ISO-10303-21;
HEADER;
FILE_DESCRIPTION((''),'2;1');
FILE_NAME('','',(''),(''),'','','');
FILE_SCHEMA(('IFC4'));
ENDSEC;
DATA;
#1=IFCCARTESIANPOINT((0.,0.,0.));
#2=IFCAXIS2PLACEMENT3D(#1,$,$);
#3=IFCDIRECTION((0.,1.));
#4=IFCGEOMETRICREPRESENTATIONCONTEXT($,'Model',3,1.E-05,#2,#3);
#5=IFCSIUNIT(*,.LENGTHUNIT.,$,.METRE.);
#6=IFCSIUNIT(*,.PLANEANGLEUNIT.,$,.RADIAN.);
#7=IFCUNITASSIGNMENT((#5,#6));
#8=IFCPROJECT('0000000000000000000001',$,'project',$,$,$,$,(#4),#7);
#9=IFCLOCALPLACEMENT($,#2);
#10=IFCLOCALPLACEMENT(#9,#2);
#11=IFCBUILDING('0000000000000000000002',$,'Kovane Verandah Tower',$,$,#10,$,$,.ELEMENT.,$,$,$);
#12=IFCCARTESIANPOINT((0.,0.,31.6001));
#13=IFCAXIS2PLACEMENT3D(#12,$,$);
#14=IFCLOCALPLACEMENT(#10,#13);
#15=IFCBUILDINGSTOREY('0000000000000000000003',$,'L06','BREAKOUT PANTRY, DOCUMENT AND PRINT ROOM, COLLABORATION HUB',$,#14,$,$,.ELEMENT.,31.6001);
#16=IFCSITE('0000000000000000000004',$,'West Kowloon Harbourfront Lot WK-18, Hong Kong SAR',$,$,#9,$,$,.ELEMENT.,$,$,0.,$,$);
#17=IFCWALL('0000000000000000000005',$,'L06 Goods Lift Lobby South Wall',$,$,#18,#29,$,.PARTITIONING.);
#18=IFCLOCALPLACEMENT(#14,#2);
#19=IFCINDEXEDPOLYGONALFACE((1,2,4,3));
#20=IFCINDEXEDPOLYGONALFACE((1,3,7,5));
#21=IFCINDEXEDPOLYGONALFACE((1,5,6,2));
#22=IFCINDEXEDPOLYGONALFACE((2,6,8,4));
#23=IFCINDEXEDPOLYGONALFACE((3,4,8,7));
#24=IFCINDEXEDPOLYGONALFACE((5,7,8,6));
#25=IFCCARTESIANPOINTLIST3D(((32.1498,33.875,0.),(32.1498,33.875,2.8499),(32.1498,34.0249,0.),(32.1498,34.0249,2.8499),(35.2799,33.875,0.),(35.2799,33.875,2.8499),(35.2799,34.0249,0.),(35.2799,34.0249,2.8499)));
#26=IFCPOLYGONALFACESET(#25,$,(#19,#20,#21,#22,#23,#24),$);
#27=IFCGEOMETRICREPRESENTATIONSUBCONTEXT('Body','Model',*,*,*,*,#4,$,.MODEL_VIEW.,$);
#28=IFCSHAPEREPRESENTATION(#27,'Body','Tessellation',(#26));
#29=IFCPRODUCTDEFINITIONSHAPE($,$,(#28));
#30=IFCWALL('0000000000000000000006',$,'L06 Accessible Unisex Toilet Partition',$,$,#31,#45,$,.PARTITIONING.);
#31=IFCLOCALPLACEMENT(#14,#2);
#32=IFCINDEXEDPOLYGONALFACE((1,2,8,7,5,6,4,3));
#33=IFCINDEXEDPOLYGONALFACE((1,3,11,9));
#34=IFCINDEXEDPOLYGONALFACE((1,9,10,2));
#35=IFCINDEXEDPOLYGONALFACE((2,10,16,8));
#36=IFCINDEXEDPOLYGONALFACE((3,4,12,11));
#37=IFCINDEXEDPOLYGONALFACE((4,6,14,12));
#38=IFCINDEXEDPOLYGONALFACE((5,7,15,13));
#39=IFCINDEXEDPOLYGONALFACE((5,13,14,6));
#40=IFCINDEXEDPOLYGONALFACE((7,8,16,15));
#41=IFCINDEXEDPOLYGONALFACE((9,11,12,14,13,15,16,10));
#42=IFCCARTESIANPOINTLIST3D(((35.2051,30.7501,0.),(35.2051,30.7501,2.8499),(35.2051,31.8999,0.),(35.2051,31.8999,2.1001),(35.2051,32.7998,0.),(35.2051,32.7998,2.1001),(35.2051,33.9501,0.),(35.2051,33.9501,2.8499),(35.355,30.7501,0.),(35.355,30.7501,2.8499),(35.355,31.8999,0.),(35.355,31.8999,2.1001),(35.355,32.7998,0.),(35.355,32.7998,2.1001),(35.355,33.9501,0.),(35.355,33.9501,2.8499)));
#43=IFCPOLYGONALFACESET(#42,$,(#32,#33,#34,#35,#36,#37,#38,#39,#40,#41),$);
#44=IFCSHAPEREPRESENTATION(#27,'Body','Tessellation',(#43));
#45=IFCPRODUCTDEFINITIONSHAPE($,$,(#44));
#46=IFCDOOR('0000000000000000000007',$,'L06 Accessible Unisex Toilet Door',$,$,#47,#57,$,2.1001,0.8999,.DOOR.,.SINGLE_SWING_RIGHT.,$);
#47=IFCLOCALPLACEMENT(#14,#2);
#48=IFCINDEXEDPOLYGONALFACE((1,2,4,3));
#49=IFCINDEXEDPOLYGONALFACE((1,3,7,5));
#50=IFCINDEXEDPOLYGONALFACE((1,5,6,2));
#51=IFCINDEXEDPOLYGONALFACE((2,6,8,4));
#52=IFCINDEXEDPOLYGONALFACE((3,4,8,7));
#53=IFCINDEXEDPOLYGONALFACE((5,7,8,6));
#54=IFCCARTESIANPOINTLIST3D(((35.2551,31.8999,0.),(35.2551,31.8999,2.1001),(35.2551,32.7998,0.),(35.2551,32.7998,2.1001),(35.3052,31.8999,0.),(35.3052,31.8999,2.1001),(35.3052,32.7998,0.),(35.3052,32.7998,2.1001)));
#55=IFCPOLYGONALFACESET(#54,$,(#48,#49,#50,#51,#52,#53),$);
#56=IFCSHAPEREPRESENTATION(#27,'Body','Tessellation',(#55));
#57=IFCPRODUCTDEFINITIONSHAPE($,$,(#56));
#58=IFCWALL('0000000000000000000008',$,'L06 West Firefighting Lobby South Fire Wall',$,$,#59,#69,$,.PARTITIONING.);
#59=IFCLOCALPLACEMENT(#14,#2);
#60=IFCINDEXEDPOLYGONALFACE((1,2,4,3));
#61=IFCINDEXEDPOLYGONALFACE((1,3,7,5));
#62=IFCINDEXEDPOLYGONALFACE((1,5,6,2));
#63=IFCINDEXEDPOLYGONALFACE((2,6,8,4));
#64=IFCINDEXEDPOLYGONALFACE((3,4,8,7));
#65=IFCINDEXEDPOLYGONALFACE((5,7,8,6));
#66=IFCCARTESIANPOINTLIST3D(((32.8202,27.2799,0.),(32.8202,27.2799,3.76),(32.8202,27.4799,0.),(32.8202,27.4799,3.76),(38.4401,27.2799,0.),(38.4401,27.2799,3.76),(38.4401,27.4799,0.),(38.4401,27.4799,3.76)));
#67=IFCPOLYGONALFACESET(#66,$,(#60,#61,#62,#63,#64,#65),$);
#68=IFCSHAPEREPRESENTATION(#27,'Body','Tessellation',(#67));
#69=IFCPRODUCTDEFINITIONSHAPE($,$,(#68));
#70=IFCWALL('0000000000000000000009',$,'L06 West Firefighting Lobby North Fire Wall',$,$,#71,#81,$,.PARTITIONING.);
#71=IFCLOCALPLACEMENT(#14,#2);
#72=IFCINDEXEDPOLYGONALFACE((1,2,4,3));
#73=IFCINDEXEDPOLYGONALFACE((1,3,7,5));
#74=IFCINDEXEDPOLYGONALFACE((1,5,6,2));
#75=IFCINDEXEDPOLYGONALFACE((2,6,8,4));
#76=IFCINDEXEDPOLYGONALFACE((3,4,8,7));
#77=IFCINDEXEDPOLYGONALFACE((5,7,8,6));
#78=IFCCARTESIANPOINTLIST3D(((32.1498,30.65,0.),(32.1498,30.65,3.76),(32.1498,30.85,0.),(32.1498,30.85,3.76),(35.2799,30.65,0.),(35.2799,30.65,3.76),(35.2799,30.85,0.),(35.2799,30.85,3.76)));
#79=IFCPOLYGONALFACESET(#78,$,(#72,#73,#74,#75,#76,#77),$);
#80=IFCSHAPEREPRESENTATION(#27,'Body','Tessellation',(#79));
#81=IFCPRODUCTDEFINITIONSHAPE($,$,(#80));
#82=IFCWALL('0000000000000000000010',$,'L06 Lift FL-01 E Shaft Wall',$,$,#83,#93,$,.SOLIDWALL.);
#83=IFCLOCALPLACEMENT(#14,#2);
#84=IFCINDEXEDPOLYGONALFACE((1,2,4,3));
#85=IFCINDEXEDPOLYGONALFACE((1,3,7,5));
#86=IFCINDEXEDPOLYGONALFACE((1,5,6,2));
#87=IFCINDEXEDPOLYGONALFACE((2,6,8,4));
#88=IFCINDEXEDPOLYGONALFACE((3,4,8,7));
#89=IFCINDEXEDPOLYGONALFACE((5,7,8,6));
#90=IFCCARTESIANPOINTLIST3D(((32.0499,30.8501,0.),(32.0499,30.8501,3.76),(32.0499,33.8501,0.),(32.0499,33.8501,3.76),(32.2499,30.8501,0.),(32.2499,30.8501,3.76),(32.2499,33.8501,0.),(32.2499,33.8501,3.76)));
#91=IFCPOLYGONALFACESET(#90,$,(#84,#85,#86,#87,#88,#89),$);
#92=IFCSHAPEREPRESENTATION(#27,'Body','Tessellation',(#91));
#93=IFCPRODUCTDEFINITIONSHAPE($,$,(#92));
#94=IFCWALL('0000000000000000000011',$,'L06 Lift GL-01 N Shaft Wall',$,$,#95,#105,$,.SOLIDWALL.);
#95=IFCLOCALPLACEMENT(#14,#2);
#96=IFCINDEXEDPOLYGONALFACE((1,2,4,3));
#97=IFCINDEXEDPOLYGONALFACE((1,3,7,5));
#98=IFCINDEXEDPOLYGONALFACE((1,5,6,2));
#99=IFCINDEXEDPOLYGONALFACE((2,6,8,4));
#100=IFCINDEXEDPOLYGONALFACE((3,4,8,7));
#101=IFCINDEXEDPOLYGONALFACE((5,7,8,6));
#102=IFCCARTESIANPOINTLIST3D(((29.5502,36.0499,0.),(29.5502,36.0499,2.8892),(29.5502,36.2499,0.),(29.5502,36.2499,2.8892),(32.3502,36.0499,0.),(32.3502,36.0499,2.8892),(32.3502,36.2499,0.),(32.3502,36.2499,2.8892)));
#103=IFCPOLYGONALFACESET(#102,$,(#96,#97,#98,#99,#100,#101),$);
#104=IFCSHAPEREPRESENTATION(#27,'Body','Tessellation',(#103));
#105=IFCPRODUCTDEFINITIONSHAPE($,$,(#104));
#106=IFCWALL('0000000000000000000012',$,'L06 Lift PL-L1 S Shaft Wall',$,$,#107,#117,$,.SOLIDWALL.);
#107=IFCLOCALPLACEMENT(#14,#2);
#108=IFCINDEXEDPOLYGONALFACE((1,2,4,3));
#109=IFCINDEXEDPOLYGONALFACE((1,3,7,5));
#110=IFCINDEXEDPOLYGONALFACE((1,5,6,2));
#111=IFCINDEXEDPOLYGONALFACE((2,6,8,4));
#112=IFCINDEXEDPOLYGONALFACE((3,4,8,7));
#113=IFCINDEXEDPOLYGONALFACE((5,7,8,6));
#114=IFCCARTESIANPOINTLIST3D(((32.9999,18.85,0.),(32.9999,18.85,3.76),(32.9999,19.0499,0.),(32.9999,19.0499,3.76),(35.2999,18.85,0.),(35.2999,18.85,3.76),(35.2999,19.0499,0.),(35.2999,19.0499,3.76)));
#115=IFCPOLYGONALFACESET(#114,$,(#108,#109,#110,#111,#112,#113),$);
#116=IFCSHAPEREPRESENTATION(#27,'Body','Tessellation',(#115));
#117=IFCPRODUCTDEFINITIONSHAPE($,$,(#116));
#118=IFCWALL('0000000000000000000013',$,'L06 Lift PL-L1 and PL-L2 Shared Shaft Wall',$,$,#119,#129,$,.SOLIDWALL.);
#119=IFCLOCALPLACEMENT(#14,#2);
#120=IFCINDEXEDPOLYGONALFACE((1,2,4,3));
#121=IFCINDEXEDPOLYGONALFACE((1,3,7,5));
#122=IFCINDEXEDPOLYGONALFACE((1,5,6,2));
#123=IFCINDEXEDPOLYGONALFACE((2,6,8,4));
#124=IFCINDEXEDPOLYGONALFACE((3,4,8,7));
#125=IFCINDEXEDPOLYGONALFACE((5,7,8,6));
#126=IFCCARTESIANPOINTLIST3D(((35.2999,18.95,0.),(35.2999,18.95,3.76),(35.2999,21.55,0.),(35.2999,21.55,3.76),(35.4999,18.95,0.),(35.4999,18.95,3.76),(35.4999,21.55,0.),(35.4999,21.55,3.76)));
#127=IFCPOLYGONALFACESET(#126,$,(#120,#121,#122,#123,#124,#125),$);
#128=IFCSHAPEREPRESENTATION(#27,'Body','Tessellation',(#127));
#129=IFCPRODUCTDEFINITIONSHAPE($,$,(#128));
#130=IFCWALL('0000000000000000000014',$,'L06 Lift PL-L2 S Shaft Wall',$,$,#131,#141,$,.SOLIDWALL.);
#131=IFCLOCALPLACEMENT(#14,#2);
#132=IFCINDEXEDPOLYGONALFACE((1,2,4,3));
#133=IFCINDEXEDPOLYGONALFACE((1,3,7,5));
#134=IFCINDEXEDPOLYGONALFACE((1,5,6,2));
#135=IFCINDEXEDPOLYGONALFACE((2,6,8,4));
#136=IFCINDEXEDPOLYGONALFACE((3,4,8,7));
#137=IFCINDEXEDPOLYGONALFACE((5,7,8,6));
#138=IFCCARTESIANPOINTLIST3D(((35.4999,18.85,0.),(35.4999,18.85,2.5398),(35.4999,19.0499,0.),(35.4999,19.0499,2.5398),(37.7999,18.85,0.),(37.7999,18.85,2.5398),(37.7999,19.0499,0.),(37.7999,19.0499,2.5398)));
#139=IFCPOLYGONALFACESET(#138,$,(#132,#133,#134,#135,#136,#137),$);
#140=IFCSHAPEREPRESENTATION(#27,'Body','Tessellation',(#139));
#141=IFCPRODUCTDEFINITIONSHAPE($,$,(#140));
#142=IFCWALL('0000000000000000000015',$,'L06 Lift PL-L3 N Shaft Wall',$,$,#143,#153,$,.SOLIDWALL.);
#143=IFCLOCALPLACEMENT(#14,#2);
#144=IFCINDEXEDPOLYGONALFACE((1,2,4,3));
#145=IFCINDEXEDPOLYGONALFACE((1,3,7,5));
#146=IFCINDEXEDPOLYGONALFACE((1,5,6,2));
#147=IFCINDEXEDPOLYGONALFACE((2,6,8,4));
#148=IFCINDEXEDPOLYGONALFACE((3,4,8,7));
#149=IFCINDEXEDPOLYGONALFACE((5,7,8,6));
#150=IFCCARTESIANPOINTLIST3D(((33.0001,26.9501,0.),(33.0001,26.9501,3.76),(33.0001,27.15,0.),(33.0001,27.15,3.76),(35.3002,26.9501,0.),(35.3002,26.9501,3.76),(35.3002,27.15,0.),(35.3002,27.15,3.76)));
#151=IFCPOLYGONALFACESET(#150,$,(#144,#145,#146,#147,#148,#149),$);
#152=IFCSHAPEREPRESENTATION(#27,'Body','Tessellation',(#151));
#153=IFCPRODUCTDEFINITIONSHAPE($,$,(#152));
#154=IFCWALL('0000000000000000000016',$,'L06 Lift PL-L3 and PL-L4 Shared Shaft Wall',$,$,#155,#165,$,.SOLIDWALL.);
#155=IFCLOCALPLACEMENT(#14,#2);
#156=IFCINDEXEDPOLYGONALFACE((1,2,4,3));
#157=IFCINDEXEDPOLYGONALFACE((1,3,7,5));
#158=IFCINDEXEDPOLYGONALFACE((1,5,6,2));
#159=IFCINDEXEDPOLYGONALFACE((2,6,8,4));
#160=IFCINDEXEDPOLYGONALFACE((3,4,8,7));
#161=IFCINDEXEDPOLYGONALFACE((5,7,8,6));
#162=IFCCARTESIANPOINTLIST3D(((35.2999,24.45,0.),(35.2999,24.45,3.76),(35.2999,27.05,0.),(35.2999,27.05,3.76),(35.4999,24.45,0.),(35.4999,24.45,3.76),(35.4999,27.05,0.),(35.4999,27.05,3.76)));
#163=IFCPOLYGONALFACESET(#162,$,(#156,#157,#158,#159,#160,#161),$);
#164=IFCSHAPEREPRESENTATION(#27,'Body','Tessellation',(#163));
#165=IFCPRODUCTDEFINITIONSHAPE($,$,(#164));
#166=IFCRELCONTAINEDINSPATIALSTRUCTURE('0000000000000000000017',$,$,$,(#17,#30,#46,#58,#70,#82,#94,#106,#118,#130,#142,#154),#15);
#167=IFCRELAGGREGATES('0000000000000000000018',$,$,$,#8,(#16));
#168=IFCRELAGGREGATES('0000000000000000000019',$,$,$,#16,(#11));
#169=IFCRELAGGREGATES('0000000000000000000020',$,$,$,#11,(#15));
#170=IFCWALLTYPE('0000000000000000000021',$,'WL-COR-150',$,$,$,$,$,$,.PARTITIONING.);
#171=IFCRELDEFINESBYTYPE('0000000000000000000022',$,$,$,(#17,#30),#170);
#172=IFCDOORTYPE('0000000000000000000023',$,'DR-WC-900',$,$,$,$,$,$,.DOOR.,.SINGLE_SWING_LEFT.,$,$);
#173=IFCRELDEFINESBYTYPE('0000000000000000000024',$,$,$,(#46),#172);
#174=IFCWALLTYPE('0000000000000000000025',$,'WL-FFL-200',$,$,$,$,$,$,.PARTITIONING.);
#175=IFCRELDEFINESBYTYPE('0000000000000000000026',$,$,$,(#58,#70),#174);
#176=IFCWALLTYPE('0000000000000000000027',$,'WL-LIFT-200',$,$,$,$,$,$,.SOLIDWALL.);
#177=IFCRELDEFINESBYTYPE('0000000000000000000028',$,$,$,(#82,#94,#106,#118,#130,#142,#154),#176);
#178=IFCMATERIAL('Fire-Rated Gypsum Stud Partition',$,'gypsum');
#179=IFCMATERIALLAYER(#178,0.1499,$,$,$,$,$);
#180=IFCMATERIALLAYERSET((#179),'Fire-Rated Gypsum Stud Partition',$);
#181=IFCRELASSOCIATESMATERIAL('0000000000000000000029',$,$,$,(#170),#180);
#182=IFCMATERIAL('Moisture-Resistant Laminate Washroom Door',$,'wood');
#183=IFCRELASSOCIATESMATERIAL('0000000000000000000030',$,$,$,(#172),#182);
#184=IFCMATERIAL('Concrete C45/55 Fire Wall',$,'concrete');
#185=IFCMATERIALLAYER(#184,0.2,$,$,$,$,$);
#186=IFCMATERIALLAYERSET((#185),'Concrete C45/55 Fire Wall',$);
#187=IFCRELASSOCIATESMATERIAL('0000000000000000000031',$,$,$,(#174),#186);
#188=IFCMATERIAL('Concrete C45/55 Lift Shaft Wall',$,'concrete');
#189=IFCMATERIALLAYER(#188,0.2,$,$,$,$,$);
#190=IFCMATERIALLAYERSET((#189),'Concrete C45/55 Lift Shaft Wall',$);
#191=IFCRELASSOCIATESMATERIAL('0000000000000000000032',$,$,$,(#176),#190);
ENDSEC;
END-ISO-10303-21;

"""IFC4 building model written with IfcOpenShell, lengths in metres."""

from ifc_helpers import new_model, si_unit, direction, frame, frame_2d, origin, place, context, subcontext, project, spatial, rectangle, extrude, material, layer, layer_set, type_object, element, fill, save


model = new_model("IFC4")

# Units and contexts
model_context = context("Model", 3, precision=1e-05, world=origin(), true_north=direction((0.0, 1.0)))
body_context = subcontext(model_context, "Body", "Model", "MODEL_VIEW")
ifc_project = project(units=[si_unit("LENGTHUNIT", "METRE"), si_unit("PLANEANGLEUNIT", "RADIAN")], contexts=[model_context])

# Site, building, storey
site_placement = place(None, origin())
site = spatial("IfcSite", under=ifc_project, at=site_placement, Name="West Kowloon Harbourfront Lot WK-18, Hong Kong SAR", CompositionType="ELEMENT", RefElevation=0.0)
building_placement = place(site_placement, origin())
building = spatial("IfcBuilding", under=site, at=building_placement, Name="Kovane Verandah Tower", CompositionType="ELEMENT")
storey_placement = place(building_placement, frame((0.0, 0.0, 31.6001)))
storey = spatial("IfcBuildingStorey", under=building, at=storey_placement, Name="L06", Description="BREAKOUT PANTRY, DOCUMENT AND PRINT ROOM, COLLABORATION HUB", CompositionType="ELEMENT", Elevation=31.6001)

# Wall
ifc_material_1 = material(Name="Fire-Rated Gypsum Stud Partition", Category="gypsum")
ifc_layer_1 = layer(ifc_material_1, 0.1499)
ifc_layer_set_1 = layer_set([ifc_layer_1], Name="Fire-Rated Gypsum Stud Partition")
wall_type_1 = type_object("IfcWallType", Name="WL-COR-150", PredefinedType="PARTITIONING", material=ifc_layer_set_1)
wall_1_placement = place(storey_placement, frame((32.1499, 33.95, 0.0), z_axis=(0.0, 0.0, 1.0), x_axis=(1.0, 0.0, 0.0)))
element("IfcWall", 1, at=wall_1_placement, inside=storey, type_object=wall_type_1, Name="L06 Goods Lift Lobby South Wall", PredefinedType="PARTITIONING", context=body_context, shape_type="SweptSolid", body=[
    extrude(rectangle(XDim=3.1301, YDim=0.1499, at=frame_2d((1.5649, 0.0))), origin(), (0.0, 0.0, 1.0), 2.8499),
])

# Wall, opening, door
wall_2_placement = place(storey_placement, frame((35.28, 30.75, 0.0), z_axis=(0.0, 0.0, 1.0), x_axis=(0.0, 1.0, 0.0)))
wall_2 = element("IfcWall", 2, at=wall_2_placement, inside=storey, type_object=wall_type_1, Name="L06 Accessible Unisex Toilet Partition", PredefinedType="PARTITIONING", context=body_context, shape_type="SweptSolid", body=[
    extrude(rectangle(XDim=3.2, YDim=0.1499, at=frame_2d((1.6001, 0.0))), origin(), (0.0, 0.0, 1.0), 2.8499),
])
opening_1_placement = place(wall_2_placement, frame((1.1499, 0.0, 0.0)))
opening_1 = element("IfcOpeningElement", 3, at=opening_1_placement, cuts=wall_2, PredefinedType="OPENING", context=body_context, shape_type="SweptSolid", body=[
    extrude(rectangle(XDim=0.8999, YDim=2.1001, at=frame_2d((0.45, 1.05))), frame((0.0, 0.075, 0.0), z_axis=(0.0, -1.0, 0.0), x_axis=(1.0, 0.0, 0.0)), (0.0, 0.0, 1.0), 0.1499),
])
ifc_material_2 = material(Name="Moisture-Resistant Laminate Washroom Door", Category="wood")
door_type_1 = type_object("IfcDoorType", Name="DR-WC-900", OperationType="SINGLE_SWING_LEFT", PredefinedType="DOOR", material=ifc_material_2)
door_1_placement = place(opening_1_placement, origin())
door_1 = element("IfcDoor", 4, at=door_1_placement, inside=storey, type_object=door_type_1, Name="L06 Accessible Unisex Toilet Door", OperationType="SINGLE_SWING_RIGHT", OverallHeight=2.1001, OverallWidth=0.8999, PredefinedType="DOOR", context=body_context, shape_type="SweptSolid", body=[
    extrude(rectangle(XDim=0.8999, YDim=2.1001, at=frame_2d((0.45, 1.05))), frame((0.0, 0.0249, 0.0), z_axis=(0.0, -1.0, 0.0), x_axis=(1.0, 0.0, 0.0)), (0.0, 0.0, 1.0), 0.05),
])
fill(opening_1, door_1)
ifc_material_3 = material(Name="Concrete C45/55 Fire Wall", Category="concrete")
ifc_layer_2 = layer(ifc_material_3, 0.2)
ifc_layer_set_2 = layer_set([ifc_layer_2], Name="Concrete C45/55 Fire Wall")
wall_type_2 = type_object("IfcWallType", Name="WL-FFL-200", PredefinedType="PARTITIONING", material=ifc_layer_set_2)

# Walls
wall_3_placement = place(storey_placement, frame((32.8201, 27.3799, 0.0), z_axis=(0.0, 0.0, 1.0), x_axis=(1.0, 0.0, 0.0)))
element("IfcWall", 5, at=wall_3_placement, inside=storey, type_object=wall_type_2, Name="L06 West Firefighting Lobby South Fire Wall", PredefinedType="PARTITIONING", context=body_context, shape_type="SweptSolid", body=[
    extrude(rectangle(XDim=5.6199, YDim=0.2, at=frame_2d((2.8101, 0.0))), origin(), (0.0, 0.0, 1.0), 3.76),
])
wall_4_placement = place(storey_placement, frame((32.1499, 30.75, 0.0), z_axis=(0.0, 0.0, 1.0), x_axis=(1.0, 0.0, 0.0)))
element("IfcWall", 6, at=wall_4_placement, inside=storey, type_object=wall_type_2, Name="L06 West Firefighting Lobby North Fire Wall", PredefinedType="PARTITIONING", context=body_context, shape_type="SweptSolid", body=[
    extrude(rectangle(XDim=3.1301, YDim=0.2, at=frame_2d((1.5649, 0.0))), origin(), (0.0, 0.0, 1.0), 3.76),
])
ifc_material_4 = material(Name="Concrete C45/55 Lift Shaft Wall", Category="concrete")
ifc_layer_3 = layer(ifc_material_4, 0.2)
ifc_layer_set_3 = layer_set([ifc_layer_3], Name="Concrete C45/55 Lift Shaft Wall")
wall_type_3 = type_object("IfcWallType", Name="WL-LIFT-200", PredefinedType="SOLIDWALL", material=ifc_layer_set_3)
wall_5_placement = place(storey_placement, frame((32.1499, 30.8501, 0.0), z_axis=(0.0, 0.0, 1.0), x_axis=(0.0, 1.0, 0.0)))
element("IfcWall", 7, at=wall_5_placement, inside=storey, type_object=wall_type_3, Name="L06 Lift FL-01 E Shaft Wall", PredefinedType="SOLIDWALL", context=body_context, shape_type="SweptSolid", body=[
    extrude(rectangle(XDim=3.0, YDim=0.2, at=frame_2d((1.5, 0.0))), origin(), (0.0, 0.0, 1.0), 3.76),
])
wall_6_placement = place(storey_placement, frame((32.3501, 36.1499, 0.0), z_axis=(0.0, 0.0, 1.0), x_axis=(-1.0, 0.0, 0.0)))
element("IfcWall", 8, at=wall_6_placement, inside=storey, type_object=wall_type_3, Name="L06 Lift GL-01 N Shaft Wall", PredefinedType="SOLIDWALL", context=body_context, shape_type="SweptSolid", body=[
    extrude(rectangle(XDim=2.8, YDim=0.2, at=frame_2d((1.3999, 0.0))), origin(), (0.0, 0.0, 1.0), 2.8892),
])

# Wall
wall_7_placement = place(storey_placement, frame((33.0, 18.95, 0.0), z_axis=(0.0, 0.0, 1.0), x_axis=(1.0, 0.0, 0.0)))
element("IfcWall", 9, at=wall_7_placement, inside=storey, type_object=wall_type_3, Name="L06 Lift PL-L1 S Shaft Wall", PredefinedType="SOLIDWALL", context=body_context, shape_type="SweptSolid", body=[
    extrude(rectangle(XDim=2.3, YDim=0.2, at=frame_2d((1.1499, 0.0))), origin(), (0.0, 0.0, 1.0), 3.76),
])

# Walls
wall_8_placement = place(storey_placement, frame((35.3999, 18.95, 0.0), z_axis=(0.0, 0.0, 1.0), x_axis=(0.0, 1.0, 0.0)))
element("IfcWall", 10, at=wall_8_placement, inside=storey, type_object=wall_type_3, Name="L06 Lift PL-L1 and PL-L2 Shared Shaft Wall", PredefinedType="SOLIDWALL", context=body_context, shape_type="SweptSolid", body=[
    extrude(rectangle(XDim=2.6001, YDim=0.2, at=frame_2d((1.3, 0.0))), origin(), (0.0, 0.0, 1.0), 3.76),
])
wall_9_placement = place(storey_placement, frame((35.5, 18.95, 0.0), z_axis=(0.0, 0.0, 1.0), x_axis=(1.0, 0.0, 0.0)))
element("IfcWall", 11, at=wall_9_placement, inside=storey, type_object=wall_type_3, Name="L06 Lift PL-L2 S Shaft Wall", PredefinedType="SOLIDWALL", context=body_context, shape_type="SweptSolid", body=[
    extrude(rectangle(XDim=2.3, YDim=0.2, at=frame_2d((1.1499, 0.0))), origin(), (0.0, 0.0, 1.0), 2.5398),
])

# Walls
wall_10_placement = place(storey_placement, frame((35.3, 27.05, 0.0), z_axis=(0.0, 0.0, 1.0), x_axis=(-1.0, 0.0, 0.0)))
element("IfcWall", 12, at=wall_10_placement, inside=storey, type_object=wall_type_3, Name="L06 Lift PL-L3 N Shaft Wall", PredefinedType="SOLIDWALL", context=body_context, shape_type="SweptSolid", body=[
    extrude(rectangle(XDim=2.3, YDim=0.2, at=frame_2d((1.1499, 0.0))), origin(), (0.0, 0.0, 1.0), 3.76),
])
wall_11_placement = place(storey_placement, frame((35.3999, 24.45, 0.0), z_axis=(0.0, 0.0, 1.0), x_axis=(0.0, 1.0, 0.0)))
element("IfcWall", 13, at=wall_11_placement, inside=storey, type_object=wall_type_3, Name="L06 Lift PL-L3 and PL-L4 Shared Shaft Wall", PredefinedType="SOLIDWALL", context=body_context, shape_type="SweptSolid", body=[
    extrude(rectangle(XDim=2.6001, YDim=0.2, at=frame_2d((1.3, 0.0))), origin(), (0.0, 0.0, 1.0), 3.76),
])

save(model, "model.ifc")
